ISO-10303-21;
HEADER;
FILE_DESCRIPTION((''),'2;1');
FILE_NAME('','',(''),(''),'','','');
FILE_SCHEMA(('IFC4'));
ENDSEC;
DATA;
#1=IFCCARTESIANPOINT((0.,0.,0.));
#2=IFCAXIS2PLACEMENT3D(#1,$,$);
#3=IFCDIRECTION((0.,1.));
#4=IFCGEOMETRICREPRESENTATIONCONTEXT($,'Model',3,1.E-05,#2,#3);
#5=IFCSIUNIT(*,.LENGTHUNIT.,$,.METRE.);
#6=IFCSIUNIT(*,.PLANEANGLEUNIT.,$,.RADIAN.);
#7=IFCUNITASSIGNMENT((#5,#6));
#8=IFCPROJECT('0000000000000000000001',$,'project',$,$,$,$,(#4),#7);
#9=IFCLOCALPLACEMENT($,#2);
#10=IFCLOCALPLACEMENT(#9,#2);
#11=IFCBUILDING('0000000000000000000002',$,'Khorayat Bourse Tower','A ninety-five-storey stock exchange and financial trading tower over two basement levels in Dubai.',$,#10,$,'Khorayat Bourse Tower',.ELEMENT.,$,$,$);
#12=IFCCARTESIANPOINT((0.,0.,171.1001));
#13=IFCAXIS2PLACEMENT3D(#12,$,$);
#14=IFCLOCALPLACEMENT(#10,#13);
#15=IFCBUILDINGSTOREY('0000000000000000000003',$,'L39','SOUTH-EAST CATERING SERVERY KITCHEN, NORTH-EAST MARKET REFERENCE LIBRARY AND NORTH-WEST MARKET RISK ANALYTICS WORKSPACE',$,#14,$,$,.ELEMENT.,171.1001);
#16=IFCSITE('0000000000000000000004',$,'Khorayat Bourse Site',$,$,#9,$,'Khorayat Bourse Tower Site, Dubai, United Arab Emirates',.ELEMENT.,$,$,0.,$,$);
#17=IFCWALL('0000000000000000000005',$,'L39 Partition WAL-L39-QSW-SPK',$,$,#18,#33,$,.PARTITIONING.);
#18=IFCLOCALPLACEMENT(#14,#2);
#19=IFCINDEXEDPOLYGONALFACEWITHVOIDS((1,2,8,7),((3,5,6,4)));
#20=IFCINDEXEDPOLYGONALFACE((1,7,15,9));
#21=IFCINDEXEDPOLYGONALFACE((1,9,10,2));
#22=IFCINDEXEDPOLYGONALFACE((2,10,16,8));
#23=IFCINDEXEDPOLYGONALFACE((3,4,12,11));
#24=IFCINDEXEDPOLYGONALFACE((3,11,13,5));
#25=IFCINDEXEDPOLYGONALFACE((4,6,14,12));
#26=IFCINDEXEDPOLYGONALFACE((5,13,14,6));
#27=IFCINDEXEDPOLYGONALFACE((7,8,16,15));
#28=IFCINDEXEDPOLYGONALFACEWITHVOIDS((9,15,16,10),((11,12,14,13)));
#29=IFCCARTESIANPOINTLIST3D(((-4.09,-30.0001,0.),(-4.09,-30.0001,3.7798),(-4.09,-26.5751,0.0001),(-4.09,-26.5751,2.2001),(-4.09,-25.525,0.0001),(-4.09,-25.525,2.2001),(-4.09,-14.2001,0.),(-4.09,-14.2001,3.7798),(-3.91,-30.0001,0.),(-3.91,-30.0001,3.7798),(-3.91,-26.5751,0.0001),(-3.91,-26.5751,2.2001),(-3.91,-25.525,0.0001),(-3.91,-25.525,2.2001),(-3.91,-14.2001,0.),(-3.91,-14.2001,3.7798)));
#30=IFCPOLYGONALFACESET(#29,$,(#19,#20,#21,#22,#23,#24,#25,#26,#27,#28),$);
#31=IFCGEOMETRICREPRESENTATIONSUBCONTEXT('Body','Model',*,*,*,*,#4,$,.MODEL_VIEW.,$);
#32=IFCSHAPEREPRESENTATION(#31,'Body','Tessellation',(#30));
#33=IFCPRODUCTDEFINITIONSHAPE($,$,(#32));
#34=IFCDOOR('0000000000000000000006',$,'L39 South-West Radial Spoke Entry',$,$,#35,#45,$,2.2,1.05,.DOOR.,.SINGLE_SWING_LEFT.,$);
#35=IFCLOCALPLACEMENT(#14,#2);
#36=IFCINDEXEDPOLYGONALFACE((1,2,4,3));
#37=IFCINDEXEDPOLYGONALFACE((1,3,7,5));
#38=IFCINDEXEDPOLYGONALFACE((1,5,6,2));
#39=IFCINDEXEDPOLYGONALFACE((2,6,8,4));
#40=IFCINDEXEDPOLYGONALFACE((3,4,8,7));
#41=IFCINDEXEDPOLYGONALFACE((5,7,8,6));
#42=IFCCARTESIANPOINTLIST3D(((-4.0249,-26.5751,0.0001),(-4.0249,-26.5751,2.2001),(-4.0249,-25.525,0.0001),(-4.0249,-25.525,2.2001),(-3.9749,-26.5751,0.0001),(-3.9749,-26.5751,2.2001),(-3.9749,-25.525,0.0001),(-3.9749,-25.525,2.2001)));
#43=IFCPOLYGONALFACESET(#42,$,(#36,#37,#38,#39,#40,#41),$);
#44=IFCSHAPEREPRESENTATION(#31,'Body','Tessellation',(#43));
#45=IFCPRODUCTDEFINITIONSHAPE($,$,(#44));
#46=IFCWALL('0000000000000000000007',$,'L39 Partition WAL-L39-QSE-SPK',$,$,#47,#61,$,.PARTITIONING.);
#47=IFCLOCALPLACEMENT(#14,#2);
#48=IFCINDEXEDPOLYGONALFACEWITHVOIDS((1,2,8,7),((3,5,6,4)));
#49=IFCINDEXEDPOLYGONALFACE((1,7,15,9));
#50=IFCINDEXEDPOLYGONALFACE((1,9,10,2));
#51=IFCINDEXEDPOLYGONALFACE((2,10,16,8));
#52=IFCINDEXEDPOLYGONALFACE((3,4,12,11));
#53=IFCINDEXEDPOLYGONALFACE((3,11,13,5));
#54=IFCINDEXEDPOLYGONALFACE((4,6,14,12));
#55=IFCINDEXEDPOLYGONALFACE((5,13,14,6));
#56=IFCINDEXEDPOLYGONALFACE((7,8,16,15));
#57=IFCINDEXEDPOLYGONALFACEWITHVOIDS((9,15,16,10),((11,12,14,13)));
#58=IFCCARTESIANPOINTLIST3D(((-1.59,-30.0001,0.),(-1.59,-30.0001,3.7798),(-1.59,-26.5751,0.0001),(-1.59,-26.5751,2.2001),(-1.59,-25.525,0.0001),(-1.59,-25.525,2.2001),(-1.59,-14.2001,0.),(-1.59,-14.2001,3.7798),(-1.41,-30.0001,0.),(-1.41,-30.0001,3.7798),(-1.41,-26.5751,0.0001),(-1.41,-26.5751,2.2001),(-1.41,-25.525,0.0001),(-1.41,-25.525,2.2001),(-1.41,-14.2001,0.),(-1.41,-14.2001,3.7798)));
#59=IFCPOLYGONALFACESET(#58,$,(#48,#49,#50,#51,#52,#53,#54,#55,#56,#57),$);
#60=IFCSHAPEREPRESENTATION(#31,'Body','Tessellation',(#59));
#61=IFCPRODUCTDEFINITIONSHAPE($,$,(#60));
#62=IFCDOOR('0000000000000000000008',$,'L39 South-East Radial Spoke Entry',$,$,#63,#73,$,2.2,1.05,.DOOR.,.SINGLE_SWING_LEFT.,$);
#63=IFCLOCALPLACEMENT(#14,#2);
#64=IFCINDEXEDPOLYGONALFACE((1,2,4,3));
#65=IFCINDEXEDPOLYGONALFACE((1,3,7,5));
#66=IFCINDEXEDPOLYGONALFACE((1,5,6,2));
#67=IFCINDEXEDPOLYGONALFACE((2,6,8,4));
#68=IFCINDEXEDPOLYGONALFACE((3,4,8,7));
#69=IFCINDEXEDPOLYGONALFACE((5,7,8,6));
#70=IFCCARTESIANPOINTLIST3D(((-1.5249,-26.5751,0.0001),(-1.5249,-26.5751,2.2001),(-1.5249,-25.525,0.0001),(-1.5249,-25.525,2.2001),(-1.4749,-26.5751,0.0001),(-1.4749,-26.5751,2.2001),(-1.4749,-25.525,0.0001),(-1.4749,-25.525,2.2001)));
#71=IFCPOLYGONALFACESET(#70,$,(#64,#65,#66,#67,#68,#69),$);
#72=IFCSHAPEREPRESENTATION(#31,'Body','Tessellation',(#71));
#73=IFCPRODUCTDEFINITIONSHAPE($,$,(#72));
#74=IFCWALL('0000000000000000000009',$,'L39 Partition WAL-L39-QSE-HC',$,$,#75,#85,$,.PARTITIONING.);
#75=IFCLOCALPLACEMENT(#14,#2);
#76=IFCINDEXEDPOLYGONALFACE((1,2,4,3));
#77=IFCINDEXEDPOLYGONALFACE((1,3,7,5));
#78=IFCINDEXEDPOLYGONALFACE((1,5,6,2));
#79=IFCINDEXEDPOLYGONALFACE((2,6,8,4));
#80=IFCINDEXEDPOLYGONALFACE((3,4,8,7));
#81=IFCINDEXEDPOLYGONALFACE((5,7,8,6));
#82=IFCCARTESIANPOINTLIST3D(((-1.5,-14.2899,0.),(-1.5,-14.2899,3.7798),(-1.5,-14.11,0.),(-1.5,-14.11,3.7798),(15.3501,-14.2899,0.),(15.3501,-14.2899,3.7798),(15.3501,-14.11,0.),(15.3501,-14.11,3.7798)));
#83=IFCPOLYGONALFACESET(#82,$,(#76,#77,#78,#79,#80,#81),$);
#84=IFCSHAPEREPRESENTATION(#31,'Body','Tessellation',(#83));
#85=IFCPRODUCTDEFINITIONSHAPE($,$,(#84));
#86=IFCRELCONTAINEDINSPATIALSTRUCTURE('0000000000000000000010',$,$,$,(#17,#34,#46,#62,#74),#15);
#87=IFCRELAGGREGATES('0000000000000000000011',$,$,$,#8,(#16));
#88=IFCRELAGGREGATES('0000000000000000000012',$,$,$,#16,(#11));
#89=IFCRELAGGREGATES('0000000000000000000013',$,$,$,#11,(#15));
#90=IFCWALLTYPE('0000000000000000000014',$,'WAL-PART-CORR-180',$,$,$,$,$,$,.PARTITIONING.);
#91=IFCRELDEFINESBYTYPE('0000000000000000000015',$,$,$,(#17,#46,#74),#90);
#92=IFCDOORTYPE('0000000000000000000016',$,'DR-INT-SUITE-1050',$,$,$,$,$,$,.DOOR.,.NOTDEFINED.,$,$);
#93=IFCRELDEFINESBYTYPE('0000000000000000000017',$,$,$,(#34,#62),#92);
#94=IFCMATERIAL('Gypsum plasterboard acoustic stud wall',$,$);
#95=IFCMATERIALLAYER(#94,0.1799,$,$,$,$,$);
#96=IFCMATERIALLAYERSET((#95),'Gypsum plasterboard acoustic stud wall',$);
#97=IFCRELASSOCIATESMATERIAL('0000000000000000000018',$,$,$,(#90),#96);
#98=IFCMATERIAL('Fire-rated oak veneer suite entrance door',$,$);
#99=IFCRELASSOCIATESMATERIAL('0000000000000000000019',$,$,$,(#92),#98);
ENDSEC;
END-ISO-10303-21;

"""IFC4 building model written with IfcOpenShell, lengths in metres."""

from ifc_helpers import new_model, si_unit, direction, frame, frame_2d, origin, place, context, subcontext, project, spatial, rectangle, extrude, source, transform, mapped, material, layer, layer_set, type_object, element, fill, save


model = new_model("IFC4")

# Units and contexts
model_context = context("Model", 3, precision=1e-05, world=origin(), true_north=direction((0.0, 1.0)))
body_context = subcontext(model_context, "Body", "Model", "MODEL_VIEW")
ifc_project = project(units=[si_unit("LENGTHUNIT", "METRE"), si_unit("PLANEANGLEUNIT", "RADIAN")], contexts=[model_context])

# Site, building, storey
site_placement = place(None, origin())
site = spatial("IfcSite", under=ifc_project, at=site_placement, Name="Khorayat Bourse Site", LongName="Khorayat Bourse Tower Site, Dubai, United Arab Emirates", CompositionType="ELEMENT", RefElevation=0.0)
building_placement = place(site_placement, origin())
building = spatial("IfcBuilding", under=site, at=building_placement, Name="Khorayat Bourse Tower", Description="A ninety-five-storey stock exchange and financial trading tower over two basement levels in Dubai.", LongName="Khorayat Bourse Tower", CompositionType="ELEMENT")
storey_placement = place(building_placement, frame((0.0, 0.0, 171.1001)))
storey = spatial("IfcBuildingStorey", under=building, at=storey_placement, Name="L39", Description="SOUTH-EAST CATERING SERVERY KITCHEN, NORTH-EAST MARKET REFERENCE LIBRARY AND NORTH-WEST MARKET RISK ANALYTICS WORKSPACE", CompositionType="ELEMENT", Elevation=171.1001)

# Shared definitions
ifc_material_1 = material(Name="Gypsum plasterboard acoustic stud wall")
ifc_layer_1 = layer(ifc_material_1, 0.1799)
ifc_layer_set_1 = layer_set([ifc_layer_1], Name="Gypsum plasterboard acoustic stud wall")
wall_type = type_object("IfcWallType", Name="WAL-PART-CORR-180", PredefinedType="PARTITIONING", material=ifc_layer_set_1)

# Walls, openings, doors
shared_shape_1 = source(origin(), body_context, "Body", "SweptSolid", [
    extrude(rectangle(XDim=15.8, YDim=0.1799, at=frame_2d((7.8999, 0.0))), origin(), (0.0, 0.0, 1.0), 3.7798),
])
wall_1_placement = place(storey_placement, frame((-4.0, -30.0, 0.0), z_axis=(0.0, 0.0, 1.0), x_axis=(0.0, 1.0, 0.0)))
wall_1 = element("IfcWall", 1, at=wall_1_placement, inside=storey, type_object=wall_type, Name="L39 Partition WAL-L39-QSW-SPK", PredefinedType="PARTITIONING", context=body_context, shape_type="MappedRepresentation", body=[
    mapped(shared_shape_1, transform((0.0, 0.0, 0.0), scale=1.0)),
])
shared_shape_2 = source(origin(), body_context, "Body", "SweptSolid", [
    extrude(rectangle(XDim=1.05, YDim=2.2, at=frame_2d((0.5249, 1.1001))), frame((0.0, 0.0999, 0.0), z_axis=(0.0, -1.0, 0.0), x_axis=(1.0, 0.0, 0.0)), (0.0, 0.0, 1.0), 0.2),
])
opening_1_placement = place(wall_1_placement, frame((3.425, 0.0, 0.0)))
opening_1 = element("IfcOpeningElement", 2, at=opening_1_placement, cuts=wall_1, PredefinedType="OPENING", context=body_context, shape_type="MappedRepresentation", body=[
    mapped(shared_shape_2, transform((0.0, 0.0, 0.0), scale=1.0)),
])
ifc_material_2 = material(Name="Fire-rated oak veneer suite entrance door")
door_type = type_object("IfcDoorType", Name="DR-INT-SUITE-1050", OperationType="NOTDEFINED", PredefinedType="DOOR", material=ifc_material_2)
shared_shape_3 = source(origin(), body_context, "Body", "SweptSolid", [
    extrude(rectangle(XDim=1.05, YDim=2.2, at=frame_2d((0.5249, 1.1001))), frame((0.0, 0.0249, 0.0), z_axis=(0.0, -1.0, 0.0), x_axis=(1.0, 0.0, 0.0)), (0.0, 0.0, 1.0), 0.05),
])
door_1_placement = place(opening_1_placement, origin())
door_1 = element("IfcDoor", 3, at=door_1_placement, inside=storey, type_object=door_type, Name="L39 South-West Radial Spoke Entry", OperationType="SINGLE_SWING_LEFT", OverallHeight=2.2, OverallWidth=1.05, PredefinedType="DOOR", context=body_context, shape_type="MappedRepresentation", body=[
    mapped(shared_shape_3, transform((0.0, 0.0, 0.0), scale=1.0)),
])
fill(opening_1, door_1)
wall_2_placement = place(storey_placement, frame((-1.5, -30.0, 0.0), z_axis=(0.0, 0.0, 1.0), x_axis=(0.0, 1.0, 0.0)))
wall_2 = element("IfcWall", 4, at=wall_2_placement, inside=storey, type_object=wall_type, Name="L39 Partition WAL-L39-QSE-SPK", PredefinedType="PARTITIONING", context=body_context, shape_type="MappedRepresentation", body=[
    mapped(shared_shape_1, transform((0.0, 0.0, 0.0), scale=1.0)),
])
opening_2_placement = place(wall_2_placement, frame((3.425, 0.0, 0.0)))
opening_2 = element("IfcOpeningElement", 5, at=opening_2_placement, cuts=wall_2, PredefinedType="OPENING", context=body_context, shape_type="MappedRepresentation", body=[
    mapped(shared_shape_2, transform((0.0, 0.0, 0.0), scale=1.0)),
])
door_2_placement = place(opening_2_placement, origin())
door_2 = element("IfcDoor", 6, at=door_2_placement, inside=storey, type_object=door_type, Name="L39 South-East Radial Spoke Entry", OperationType="SINGLE_SWING_LEFT", OverallHeight=2.2, OverallWidth=1.05, PredefinedType="DOOR", context=body_context, shape_type="MappedRepresentation", body=[
    mapped(shared_shape_3, transform((0.0, 0.0, 0.0), scale=1.0)),
])
fill(opening_2, door_2)

# Wall
shared_shape_4 = source(origin(), body_context, "Body", "SweptSolid", [
    extrude(rectangle(XDim=16.8501, YDim=0.1799, at=frame_2d((8.425, 0.0))), origin(), (0.0, 0.0, 1.0), 3.7798),
])
wall_3_placement = place(storey_placement, frame((-1.5, -14.2, 0.0), z_axis=(0.0, 0.0, 1.0), x_axis=(1.0, 0.0, 0.0)))
element("IfcWall", 7, at=wall_3_placement, inside=storey, type_object=wall_type, Name="L39 Partition WAL-L39-QSE-HC", PredefinedType="PARTITIONING", context=body_context, shape_type="MappedRepresentation", body=[
    mapped(shared_shape_4, transform((0.0, 0.0, 0.0), scale=1.0)),
])

save(model, "model.ifc")
